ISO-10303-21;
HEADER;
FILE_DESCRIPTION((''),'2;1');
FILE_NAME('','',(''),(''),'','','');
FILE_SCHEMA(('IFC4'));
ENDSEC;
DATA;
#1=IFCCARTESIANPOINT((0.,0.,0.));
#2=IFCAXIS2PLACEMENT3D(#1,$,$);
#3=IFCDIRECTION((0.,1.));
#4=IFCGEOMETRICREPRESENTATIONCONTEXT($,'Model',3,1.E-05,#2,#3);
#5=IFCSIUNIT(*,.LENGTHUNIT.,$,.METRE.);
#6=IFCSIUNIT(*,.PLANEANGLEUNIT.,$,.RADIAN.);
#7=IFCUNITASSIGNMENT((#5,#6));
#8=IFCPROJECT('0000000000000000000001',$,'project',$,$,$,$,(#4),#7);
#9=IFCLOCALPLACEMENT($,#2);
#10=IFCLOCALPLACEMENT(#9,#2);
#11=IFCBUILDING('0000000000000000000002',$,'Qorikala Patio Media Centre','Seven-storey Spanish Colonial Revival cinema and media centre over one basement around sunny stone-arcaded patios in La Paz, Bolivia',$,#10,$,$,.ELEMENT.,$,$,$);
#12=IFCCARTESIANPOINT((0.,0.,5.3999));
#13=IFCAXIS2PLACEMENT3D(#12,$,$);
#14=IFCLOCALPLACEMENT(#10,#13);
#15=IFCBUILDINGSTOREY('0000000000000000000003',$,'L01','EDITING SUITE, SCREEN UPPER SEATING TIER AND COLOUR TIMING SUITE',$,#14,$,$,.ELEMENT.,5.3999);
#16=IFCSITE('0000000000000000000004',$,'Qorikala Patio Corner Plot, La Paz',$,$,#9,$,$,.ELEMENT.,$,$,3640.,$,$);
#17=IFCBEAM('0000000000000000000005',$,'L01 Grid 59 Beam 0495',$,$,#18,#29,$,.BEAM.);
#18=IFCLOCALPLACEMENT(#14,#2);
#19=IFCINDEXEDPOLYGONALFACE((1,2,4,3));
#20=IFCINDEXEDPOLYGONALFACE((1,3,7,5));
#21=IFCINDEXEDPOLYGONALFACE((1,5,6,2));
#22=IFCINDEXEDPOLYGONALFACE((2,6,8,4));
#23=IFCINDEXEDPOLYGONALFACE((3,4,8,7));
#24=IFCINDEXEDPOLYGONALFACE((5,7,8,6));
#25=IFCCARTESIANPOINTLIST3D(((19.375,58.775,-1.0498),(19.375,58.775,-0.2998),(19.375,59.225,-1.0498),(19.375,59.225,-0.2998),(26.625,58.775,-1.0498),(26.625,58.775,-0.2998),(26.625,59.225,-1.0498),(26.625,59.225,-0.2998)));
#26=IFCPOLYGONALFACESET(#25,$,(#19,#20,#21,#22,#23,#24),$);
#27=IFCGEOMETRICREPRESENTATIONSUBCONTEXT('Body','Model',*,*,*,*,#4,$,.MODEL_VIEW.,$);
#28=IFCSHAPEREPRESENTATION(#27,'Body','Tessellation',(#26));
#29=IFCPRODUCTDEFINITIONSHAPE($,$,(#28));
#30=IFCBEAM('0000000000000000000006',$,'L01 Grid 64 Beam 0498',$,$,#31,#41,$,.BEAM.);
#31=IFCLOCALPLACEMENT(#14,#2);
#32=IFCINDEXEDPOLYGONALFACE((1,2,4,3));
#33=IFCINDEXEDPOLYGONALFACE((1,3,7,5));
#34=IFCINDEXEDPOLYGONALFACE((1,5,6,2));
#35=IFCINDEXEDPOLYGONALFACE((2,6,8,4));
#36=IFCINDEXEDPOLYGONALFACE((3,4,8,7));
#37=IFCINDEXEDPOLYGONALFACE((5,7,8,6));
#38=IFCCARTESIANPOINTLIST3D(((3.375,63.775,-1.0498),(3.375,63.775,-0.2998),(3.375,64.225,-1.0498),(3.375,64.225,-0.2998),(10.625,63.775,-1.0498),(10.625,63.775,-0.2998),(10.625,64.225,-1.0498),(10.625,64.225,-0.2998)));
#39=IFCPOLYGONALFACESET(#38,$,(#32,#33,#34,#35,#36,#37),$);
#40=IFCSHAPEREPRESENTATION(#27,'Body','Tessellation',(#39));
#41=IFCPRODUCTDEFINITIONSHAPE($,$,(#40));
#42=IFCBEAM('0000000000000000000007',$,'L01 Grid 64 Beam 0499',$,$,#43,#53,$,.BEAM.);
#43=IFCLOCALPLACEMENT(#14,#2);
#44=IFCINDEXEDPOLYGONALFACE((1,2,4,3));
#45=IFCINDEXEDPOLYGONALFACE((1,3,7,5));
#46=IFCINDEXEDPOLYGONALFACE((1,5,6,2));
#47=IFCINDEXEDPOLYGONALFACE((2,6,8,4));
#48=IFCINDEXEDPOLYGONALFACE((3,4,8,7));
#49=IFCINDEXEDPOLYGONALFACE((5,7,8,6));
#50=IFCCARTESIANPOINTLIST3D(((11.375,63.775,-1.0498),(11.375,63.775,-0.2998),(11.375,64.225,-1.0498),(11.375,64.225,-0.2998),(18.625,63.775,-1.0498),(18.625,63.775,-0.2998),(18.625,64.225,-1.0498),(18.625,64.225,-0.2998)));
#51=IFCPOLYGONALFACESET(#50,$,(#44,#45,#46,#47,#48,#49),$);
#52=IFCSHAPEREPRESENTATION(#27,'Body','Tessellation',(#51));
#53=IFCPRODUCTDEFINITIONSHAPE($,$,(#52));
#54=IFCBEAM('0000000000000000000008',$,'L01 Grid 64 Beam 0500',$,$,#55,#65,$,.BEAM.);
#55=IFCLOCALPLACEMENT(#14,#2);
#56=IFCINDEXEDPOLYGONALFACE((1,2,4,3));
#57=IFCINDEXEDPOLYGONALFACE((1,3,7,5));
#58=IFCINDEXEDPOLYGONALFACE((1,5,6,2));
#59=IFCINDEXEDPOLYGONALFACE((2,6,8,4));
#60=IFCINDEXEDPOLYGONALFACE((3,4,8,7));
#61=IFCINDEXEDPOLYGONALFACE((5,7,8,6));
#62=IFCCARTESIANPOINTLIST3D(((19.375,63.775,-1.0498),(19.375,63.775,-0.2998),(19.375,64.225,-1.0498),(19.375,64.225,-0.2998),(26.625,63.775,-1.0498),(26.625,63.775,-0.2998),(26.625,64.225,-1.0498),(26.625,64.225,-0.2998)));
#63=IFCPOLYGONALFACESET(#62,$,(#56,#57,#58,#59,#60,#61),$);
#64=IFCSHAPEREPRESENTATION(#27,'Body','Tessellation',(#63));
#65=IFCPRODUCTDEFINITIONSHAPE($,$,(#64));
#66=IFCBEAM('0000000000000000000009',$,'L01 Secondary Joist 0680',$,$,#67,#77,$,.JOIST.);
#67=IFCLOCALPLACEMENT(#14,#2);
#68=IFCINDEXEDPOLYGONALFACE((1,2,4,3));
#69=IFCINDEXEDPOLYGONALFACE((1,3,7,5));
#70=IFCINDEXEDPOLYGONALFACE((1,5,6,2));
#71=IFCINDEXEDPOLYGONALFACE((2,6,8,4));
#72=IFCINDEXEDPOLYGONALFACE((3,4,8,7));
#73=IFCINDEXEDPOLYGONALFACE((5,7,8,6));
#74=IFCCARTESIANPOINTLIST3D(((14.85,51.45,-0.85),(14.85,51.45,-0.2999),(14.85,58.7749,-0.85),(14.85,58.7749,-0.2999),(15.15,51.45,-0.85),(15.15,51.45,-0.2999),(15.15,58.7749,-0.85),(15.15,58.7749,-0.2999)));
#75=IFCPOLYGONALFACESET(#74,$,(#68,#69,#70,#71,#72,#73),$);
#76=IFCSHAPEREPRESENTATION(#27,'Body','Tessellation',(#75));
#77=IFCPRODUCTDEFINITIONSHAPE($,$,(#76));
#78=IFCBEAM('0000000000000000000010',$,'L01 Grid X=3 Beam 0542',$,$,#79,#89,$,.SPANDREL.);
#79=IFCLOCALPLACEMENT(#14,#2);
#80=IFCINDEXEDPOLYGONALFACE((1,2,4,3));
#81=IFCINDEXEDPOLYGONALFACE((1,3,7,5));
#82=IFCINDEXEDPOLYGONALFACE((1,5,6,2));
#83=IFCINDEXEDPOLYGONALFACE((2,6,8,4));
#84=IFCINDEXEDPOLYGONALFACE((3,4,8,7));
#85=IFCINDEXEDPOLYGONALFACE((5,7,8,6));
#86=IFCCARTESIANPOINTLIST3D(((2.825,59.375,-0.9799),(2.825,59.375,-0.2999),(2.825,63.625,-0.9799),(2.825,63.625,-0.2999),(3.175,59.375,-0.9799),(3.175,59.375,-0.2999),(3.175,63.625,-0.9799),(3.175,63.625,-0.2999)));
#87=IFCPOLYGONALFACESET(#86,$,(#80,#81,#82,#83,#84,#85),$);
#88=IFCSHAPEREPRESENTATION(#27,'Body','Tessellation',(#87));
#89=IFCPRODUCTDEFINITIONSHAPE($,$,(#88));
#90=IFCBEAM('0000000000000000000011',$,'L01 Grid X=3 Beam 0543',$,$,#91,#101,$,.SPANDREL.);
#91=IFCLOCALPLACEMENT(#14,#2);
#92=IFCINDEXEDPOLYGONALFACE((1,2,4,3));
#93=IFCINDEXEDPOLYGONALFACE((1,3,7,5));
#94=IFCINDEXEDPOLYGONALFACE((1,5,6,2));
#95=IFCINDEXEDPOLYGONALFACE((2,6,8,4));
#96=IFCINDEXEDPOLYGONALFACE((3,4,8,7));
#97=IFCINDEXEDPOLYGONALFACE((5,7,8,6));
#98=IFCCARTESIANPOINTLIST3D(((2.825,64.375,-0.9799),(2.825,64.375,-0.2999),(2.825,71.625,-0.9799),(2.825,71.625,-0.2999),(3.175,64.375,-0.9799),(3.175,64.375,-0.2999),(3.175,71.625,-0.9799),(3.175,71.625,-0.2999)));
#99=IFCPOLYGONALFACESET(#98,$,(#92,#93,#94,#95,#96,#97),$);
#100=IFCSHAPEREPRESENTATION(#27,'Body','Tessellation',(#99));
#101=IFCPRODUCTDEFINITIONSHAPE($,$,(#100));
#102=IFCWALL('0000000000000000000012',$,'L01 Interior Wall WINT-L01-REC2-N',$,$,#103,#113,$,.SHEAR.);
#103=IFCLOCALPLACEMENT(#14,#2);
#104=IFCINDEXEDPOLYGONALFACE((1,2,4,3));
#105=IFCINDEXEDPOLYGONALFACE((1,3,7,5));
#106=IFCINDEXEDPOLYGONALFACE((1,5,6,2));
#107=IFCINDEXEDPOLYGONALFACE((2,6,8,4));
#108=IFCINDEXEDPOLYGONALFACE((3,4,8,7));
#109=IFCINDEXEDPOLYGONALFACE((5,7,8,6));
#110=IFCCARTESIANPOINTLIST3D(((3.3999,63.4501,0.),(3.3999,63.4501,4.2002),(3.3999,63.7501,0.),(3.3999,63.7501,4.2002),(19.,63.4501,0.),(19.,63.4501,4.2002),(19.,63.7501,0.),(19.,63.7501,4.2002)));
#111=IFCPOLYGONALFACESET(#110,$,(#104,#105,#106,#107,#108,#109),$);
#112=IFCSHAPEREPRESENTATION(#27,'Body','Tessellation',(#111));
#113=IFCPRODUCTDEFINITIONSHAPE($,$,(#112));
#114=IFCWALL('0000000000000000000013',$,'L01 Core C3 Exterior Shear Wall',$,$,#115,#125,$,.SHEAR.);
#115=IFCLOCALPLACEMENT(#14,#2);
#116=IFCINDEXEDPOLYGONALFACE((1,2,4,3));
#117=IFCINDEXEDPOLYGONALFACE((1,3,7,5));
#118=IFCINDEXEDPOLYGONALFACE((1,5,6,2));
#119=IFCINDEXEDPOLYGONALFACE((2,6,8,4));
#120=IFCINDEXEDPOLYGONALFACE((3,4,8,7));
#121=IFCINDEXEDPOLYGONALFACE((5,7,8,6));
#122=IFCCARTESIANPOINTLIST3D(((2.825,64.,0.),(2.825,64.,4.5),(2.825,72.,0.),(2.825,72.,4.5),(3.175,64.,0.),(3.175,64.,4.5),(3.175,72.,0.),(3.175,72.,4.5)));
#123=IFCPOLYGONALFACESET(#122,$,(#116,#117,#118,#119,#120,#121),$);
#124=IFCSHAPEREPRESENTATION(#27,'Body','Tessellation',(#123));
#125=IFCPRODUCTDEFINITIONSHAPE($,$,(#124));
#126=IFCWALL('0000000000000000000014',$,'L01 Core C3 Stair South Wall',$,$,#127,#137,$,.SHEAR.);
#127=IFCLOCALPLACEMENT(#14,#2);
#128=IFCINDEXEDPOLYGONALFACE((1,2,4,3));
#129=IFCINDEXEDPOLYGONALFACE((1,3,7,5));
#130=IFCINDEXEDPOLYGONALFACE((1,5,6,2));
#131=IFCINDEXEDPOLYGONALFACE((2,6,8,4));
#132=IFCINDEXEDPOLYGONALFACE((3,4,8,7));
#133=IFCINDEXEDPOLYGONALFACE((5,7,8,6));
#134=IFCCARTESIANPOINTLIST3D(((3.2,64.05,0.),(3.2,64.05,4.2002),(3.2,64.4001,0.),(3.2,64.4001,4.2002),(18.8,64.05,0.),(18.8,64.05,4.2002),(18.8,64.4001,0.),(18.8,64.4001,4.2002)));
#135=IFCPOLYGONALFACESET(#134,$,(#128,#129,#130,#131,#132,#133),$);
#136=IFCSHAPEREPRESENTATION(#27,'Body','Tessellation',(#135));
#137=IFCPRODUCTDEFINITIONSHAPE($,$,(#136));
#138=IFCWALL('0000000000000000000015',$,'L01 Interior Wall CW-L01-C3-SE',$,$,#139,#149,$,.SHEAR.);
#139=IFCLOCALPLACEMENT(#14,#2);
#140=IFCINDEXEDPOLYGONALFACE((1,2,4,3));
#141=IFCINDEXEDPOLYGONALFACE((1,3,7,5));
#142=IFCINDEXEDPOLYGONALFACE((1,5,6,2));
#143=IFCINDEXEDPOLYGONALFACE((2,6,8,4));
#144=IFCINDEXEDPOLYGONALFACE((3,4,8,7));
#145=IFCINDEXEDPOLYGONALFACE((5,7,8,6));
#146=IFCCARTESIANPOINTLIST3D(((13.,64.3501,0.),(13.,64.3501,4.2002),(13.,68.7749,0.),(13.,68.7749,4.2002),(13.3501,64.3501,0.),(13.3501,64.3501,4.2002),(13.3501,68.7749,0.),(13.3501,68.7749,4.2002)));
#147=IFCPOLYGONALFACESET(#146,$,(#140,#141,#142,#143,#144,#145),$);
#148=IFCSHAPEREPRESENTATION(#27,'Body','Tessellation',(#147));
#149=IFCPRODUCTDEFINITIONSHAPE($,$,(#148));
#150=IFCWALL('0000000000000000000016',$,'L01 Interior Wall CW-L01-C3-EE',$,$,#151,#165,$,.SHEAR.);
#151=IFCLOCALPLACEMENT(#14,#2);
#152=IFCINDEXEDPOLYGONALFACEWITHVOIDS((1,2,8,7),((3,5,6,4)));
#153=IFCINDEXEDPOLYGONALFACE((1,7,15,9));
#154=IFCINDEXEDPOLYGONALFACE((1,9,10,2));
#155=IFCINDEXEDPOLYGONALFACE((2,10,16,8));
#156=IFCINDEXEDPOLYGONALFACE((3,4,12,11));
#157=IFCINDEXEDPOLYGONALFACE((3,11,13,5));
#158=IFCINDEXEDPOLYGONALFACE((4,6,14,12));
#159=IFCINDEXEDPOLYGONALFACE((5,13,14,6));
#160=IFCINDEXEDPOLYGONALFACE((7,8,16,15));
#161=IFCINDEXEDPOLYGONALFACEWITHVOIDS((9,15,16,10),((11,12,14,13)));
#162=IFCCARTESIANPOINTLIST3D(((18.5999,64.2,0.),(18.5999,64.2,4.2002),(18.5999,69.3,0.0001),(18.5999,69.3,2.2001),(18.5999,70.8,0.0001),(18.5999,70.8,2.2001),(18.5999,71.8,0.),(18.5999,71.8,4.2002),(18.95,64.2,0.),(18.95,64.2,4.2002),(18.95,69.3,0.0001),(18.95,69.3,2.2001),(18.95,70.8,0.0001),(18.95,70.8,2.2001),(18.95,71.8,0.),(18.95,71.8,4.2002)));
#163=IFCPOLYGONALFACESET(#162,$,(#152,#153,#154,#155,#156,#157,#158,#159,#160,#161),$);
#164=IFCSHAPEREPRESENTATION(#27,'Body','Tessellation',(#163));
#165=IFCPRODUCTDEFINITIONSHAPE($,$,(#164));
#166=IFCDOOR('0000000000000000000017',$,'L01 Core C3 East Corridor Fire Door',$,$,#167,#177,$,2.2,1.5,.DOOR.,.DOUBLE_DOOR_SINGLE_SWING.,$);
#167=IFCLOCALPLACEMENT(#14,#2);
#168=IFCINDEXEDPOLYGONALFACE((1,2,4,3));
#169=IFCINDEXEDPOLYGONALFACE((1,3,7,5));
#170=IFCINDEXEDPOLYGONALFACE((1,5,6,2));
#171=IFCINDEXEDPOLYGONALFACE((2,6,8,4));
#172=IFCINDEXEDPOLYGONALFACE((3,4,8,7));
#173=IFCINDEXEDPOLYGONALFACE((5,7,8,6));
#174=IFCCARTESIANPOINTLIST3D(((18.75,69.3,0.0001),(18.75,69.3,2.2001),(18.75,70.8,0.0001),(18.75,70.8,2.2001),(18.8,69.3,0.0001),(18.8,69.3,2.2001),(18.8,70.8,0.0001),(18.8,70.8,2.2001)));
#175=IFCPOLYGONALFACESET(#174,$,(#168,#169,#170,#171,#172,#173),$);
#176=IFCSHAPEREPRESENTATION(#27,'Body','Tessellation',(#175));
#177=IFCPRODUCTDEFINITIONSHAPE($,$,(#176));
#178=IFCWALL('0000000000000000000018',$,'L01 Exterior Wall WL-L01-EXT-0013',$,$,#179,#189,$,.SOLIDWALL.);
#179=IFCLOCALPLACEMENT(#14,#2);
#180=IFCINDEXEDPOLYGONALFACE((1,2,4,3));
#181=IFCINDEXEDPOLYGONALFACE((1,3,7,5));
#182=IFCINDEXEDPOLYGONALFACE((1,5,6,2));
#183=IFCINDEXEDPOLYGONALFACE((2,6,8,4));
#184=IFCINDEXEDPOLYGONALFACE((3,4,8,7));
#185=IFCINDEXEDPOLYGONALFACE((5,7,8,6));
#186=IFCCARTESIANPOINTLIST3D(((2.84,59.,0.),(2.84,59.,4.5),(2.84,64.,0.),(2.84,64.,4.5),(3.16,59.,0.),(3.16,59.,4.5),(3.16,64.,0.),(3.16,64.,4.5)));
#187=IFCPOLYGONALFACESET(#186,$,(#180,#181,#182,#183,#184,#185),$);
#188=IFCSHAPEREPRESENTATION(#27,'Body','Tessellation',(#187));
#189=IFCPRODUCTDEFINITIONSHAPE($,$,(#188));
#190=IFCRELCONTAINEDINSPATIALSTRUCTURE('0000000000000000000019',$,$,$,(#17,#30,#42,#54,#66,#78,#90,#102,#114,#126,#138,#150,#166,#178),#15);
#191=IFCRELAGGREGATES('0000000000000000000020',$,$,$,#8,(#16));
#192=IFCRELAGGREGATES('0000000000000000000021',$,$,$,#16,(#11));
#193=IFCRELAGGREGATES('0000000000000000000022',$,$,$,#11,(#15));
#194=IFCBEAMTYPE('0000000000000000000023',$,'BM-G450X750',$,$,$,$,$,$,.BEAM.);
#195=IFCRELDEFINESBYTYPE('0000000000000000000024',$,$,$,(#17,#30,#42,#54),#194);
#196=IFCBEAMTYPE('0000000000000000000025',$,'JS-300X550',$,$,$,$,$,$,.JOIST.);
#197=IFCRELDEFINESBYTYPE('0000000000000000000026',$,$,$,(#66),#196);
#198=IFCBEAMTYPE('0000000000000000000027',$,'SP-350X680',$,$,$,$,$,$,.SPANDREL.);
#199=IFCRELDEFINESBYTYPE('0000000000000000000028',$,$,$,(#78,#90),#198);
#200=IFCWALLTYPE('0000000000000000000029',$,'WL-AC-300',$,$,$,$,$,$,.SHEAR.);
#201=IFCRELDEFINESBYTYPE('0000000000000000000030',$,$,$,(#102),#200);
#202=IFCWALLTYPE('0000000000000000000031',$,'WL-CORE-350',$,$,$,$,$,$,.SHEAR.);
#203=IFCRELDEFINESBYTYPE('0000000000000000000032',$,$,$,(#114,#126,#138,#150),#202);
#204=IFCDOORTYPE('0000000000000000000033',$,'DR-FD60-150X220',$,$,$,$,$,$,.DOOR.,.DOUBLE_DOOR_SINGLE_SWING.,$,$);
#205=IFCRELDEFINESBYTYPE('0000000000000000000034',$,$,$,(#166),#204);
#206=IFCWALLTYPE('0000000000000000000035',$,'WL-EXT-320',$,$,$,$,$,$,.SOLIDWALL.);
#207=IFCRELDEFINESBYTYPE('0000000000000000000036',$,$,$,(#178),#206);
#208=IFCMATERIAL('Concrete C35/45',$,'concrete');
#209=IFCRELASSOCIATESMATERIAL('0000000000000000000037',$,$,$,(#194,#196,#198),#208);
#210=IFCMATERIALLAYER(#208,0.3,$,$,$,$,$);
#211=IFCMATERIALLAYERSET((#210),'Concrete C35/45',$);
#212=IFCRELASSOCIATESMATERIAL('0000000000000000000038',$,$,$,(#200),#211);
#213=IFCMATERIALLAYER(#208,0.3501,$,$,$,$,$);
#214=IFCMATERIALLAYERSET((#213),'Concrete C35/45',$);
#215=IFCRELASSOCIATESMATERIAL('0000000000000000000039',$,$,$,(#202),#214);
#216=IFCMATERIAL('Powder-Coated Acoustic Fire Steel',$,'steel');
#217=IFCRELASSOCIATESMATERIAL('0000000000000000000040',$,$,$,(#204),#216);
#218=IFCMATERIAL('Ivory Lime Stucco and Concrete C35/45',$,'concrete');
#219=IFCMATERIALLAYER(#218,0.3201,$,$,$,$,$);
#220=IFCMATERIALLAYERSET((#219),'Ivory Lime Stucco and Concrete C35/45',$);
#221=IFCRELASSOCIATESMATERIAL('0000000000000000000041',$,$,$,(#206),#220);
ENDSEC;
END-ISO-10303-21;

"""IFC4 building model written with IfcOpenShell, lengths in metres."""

from ifc_helpers import new_model, si_unit, direction, frame, frame_2d, origin, origin_2d, place, context, subcontext, project, spatial, rectangle, extrude, material, layer, layer_set, material_profile, profile_set, type_object, element, fill, save


model = new_model("IFC4")

# Units and contexts
model_context = context("Model", 3, precision=1e-05, world=origin(), true_north=direction((0.0, 1.0)))
body_context = subcontext(model_context, "Body", "Model", "MODEL_VIEW")
ifc_project = project(units=[si_unit("LENGTHUNIT", "METRE"), si_unit("PLANEANGLEUNIT", "RADIAN")], contexts=[model_context])

# Site, building, storey
site_placement = place(None, origin())
site = spatial("IfcSite", under=ifc_project, at=site_placement, Name="Qorikala Patio Corner Plot, La Paz", CompositionType="ELEMENT", RefElevation=3640.0)
building_placement = place(site_placement, origin())
building = spatial("IfcBuilding", under=site, at=building_placement, Name="Qorikala Patio Media Centre", Description="Seven-storey Spanish Colonial Revival cinema and media centre over one basement around sunny stone-arcaded patios in La Paz, Bolivia", CompositionType="ELEMENT")
storey_placement = place(building_placement, frame((0.0, 0.0, 5.3999)))
storey = spatial("IfcBuildingStorey", under=building, at=storey_placement, Name="L01", Description="EDITING SUITE, SCREEN UPPER SEATING TIER AND COLOUR TIMING SUITE", CompositionType="ELEMENT", Elevation=5.3999)

# Shared definitions
ifc_material_1 = material(Name="Concrete C35/45", Category="concrete")

# Beams
ifc_material_profile_1 = material_profile(ifc_material_1, rectangle(XDim=0.45, YDim=0.75, at=origin_2d()), Name="RC 450x750")
ifc_profile_set_1 = profile_set([ifc_material_profile_1], Name="Concrete C35/45")
beam_type_1 = type_object("IfcBeamType", Name="BM-G450X750", PredefinedType="BEAM", material=ifc_profile_set_1)
for number, where, z_axis, x_axis, name in (
    (1, (19.375, 59.0, -0.6748), (1.0, 0.0, 0.0), (0.0, 1.0, 0.0), "L01 Grid 59 Beam 0495"),
    (2, (3.375, 64.0, -0.6748), (1.0, 0.0, 0.0), (0.0, 1.0, 0.0), "L01 Grid 64 Beam 0498"),
    (3, (11.375, 64.0, -0.6748), (1.0, 0.0, 0.0), (0.0, 1.0, 0.0), "L01 Grid 64 Beam 0499"),
    (4, (19.375, 64.0, -0.6748), (1.0, 0.0, 0.0), (0.0, 1.0, 0.0), "L01 Grid 64 Beam 0500"),
):
    element("IfcBeam", number, at=place(storey_placement, frame(where, z_axis=z_axis, x_axis=x_axis)), inside=storey, type_object=beam_type_1, Name=name, PredefinedType="BEAM", context=body_context, shape_type="SweptSolid", body=[
        extrude(rectangle(XDim=0.45, YDim=0.75, at=origin_2d()), origin(), (0.0, 0.0, 1.0), 7.25),
    ])
ifc_material_profile_2 = material_profile(ifc_material_1, rectangle(XDim=0.3, YDim=0.55, at=origin_2d()), Name="RC 300x550")
ifc_profile_set_2 = profile_set([ifc_material_profile_2], Name="Concrete C35/45")
beam_type_2 = type_object("IfcBeamType", Name="JS-300X550", PredefinedType="JOIST", material=ifc_profile_set_2)
beam_1_placement = place(storey_placement, frame((15.0, 51.45, -0.575), z_axis=(0.0, 1.0, 0.0), x_axis=(-1.0, 0.0, 0.0)))
element("IfcBeam", 5, at=beam_1_placement, inside=storey, type_object=beam_type_2, Name="L01 Secondary Joist 0680", PredefinedType="JOIST", context=body_context, shape_type="SweptSolid", body=[
    extrude(rectangle(XDim=0.3, YDim=0.55, at=origin_2d()), origin(), (0.0, 0.0, 1.0), 7.325),
])
ifc_material_profile_3 = material_profile(ifc_material_1, rectangle(XDim=0.3501, YDim=0.6799, at=origin_2d()), Name="RC 350x680")
ifc_profile_set_3 = profile_set([ifc_material_profile_3], Name="Concrete C35/45")
beam_type_3 = type_object("IfcBeamType", Name="SP-350X680", PredefinedType="SPANDREL", material=ifc_profile_set_3)
beam_2_placement = place(storey_placement, frame((3.0, 59.375, -0.6399), z_axis=(0.0, 1.0, 0.0), x_axis=(-1.0, 0.0, 0.0)))
element("IfcBeam", 6, at=beam_2_placement, inside=storey, type_object=beam_type_3, Name="L01 Grid X=3 Beam 0542", PredefinedType="SPANDREL", context=body_context, shape_type="SweptSolid", body=[
    extrude(rectangle(XDim=0.3501, YDim=0.6799, at=origin_2d()), origin(), (0.0, 0.0, 1.0), 4.25),
])
beam_3_placement = place(storey_placement, frame((3.0, 64.375, -0.6399), z_axis=(0.0, 1.0, 0.0), x_axis=(-1.0, 0.0, 0.0)))
element("IfcBeam", 7, at=beam_3_placement, inside=storey, type_object=beam_type_3, Name="L01 Grid X=3 Beam 0543", PredefinedType="SPANDREL", context=body_context, shape_type="SweptSolid", body=[
    extrude(rectangle(XDim=0.3501, YDim=0.6799, at=origin_2d()), origin(), (0.0, 0.0, 1.0), 7.25),
])

# Walls
ifc_layer_1 = layer(ifc_material_1, 0.3)
ifc_layer_set_1 = layer_set([ifc_layer_1], Name="Concrete C35/45")
wall_type_1 = type_object("IfcWallType", Name="WL-AC-300", PredefinedType="SHEAR", material=ifc_layer_set_1)
wall_1_placement = place(storey_placement, frame((3.3999, 63.6001, 0.0), z_axis=(0.0, 0.0, 1.0), x_axis=(1.0, 0.0, 0.0)))
element("IfcWall", 8, at=wall_1_placement, inside=storey, type_object=wall_type_1, Name="L01 Interior Wall WINT-L01-REC2-N", PredefinedType="SHEAR", context=body_context, shape_type="SweptSolid", body=[
    extrude(rectangle(XDim=15.6001, YDim=0.3, at=frame_2d((7.8, 0.0))), origin(), (0.0, 0.0, 1.0), 4.2002),
])
ifc_layer_2 = layer(ifc_material_1, 0.3501)
ifc_layer_set_2 = layer_set([ifc_layer_2], Name="Concrete C35/45")
wall_type_2 = type_object("IfcWallType", Name="WL-CORE-350", PredefinedType="SHEAR", material=ifc_layer_set_2)
wall_2_placement = place(storey_placement, frame((3.0, 64.0, 0.0), z_axis=(0.0, 0.0, 1.0), x_axis=(0.0, 1.0, 0.0)))
element("IfcWall", 9, at=wall_2_placement, inside=storey, type_object=wall_type_2, Name="L01 Core C3 Exterior Shear Wall", PredefinedType="SHEAR", context=body_context, shape_type="SweptSolid", body=[
    extrude(rectangle(XDim=8.0, YDim=0.3501, at=frame_2d((4.0, 0.0))), origin(), (0.0, 0.0, 1.0), 4.5),
])
wall_3_placement = place(storey_placement, frame((3.2, 64.2251, 0.0), z_axis=(0.0, 0.0, 1.0), x_axis=(1.0, 0.0, 0.0)))
element("IfcWall", 10, at=wall_3_placement, inside=storey, type_object=wall_type_2, Name="L01 Core C3 Stair South Wall", PredefinedType="SHEAR", context=body_context, shape_type="SweptSolid", body=[
    extrude(rectangle(XDim=15.6001, YDim=0.3501, at=frame_2d((7.8, 0.0))), origin(), (0.0, 0.0, 1.0), 4.2002),
])
wall_4_placement = place(storey_placement, frame((13.175, 64.3501, 0.0), z_axis=(0.0, 0.0, 1.0), x_axis=(0.0, 1.0, 0.0)))
element("IfcWall", 11, at=wall_4_placement, inside=storey, type_object=wall_type_2, Name="L01 Interior Wall CW-L01-C3-SE", PredefinedType="SHEAR", context=body_context, shape_type="SweptSolid", body=[
    extrude(rectangle(XDim=4.4248, YDim=0.3501, at=frame_2d((2.2124, 0.0))), origin(), (0.0, 0.0, 1.0), 4.2002),
])

# Wall, opening, door
wall_5_placement = place(storey_placement, frame((18.7749, 64.2, 0.0), z_axis=(0.0, 0.0, 1.0), x_axis=(0.0, 1.0, 0.0)))
wall_5 = element("IfcWall", 12, at=wall_5_placement, inside=storey, type_object=wall_type_2, Name="L01 Interior Wall CW-L01-C3-EE", PredefinedType="SHEAR", context=body_context, shape_type="SweptSolid", body=[
    extrude(rectangle(XDim=7.6001, YDim=0.3501, at=frame_2d((3.8, 0.0))), origin(), (0.0, 0.0, 1.0), 4.2002),
])
opening_placement = place(wall_5_placement, frame((5.1001, 0.0, 0.0)))
opening = element("IfcOpeningElement", 13, at=opening_placement, cuts=wall_5, PredefinedType="OPENING", context=body_context, shape_type="SweptSolid", body=[
    extrude(rectangle(XDim=1.5, YDim=2.2, at=frame_2d((0.75, 1.1001))), frame((0.0, 0.1851, 0.0), z_axis=(0.0, -1.0, 0.0), x_axis=(1.0, 0.0, 0.0)), (0.0, 0.0, 1.0), 0.3701),
])
ifc_material_2 = material(Name="Powder-Coated Acoustic Fire Steel", Category="steel")
door_type = type_object("IfcDoorType", Name="DR-FD60-150X220", OperationType="DOUBLE_DOOR_SINGLE_SWING", PredefinedType="DOOR", material=ifc_material_2)
door_placement = place(opening_placement, origin())
door = element("IfcDoor", 14, at=door_placement, inside=storey, type_object=door_type, Name="L01 Core C3 East Corridor Fire Door", OperationType="DOUBLE_DOOR_SINGLE_SWING", OverallHeight=2.2, OverallWidth=1.5, PredefinedType="DOOR", context=body_context, shape_type="SweptSolid", body=[
    extrude(rectangle(XDim=1.5, YDim=2.2, at=frame_2d((0.75, 1.1001))), frame((0.0, 0.0249, 0.0), z_axis=(0.0, -1.0, 0.0), x_axis=(1.0, 0.0, 0.0)), (0.0, 0.0, 1.0), 0.05),
])
fill(opening, door)

# Wall
ifc_material_3 = material(Name="Ivory Lime Stucco and Concrete C35/45", Category="concrete")
ifc_layer_3 = layer(ifc_material_3, 0.3201)
ifc_layer_set_3 = layer_set([ifc_layer_3], Name="Ivory Lime Stucco and Concrete C35/45")
wall_type_3 = type_object("IfcWallType", Name="WL-EXT-320", PredefinedType="SOLIDWALL", material=ifc_layer_set_3)
wall_6_placement = place(storey_placement, frame((3.0, 59.0, 0.0), z_axis=(0.0, 0.0, 1.0), x_axis=(0.0, 1.0, 0.0)))
element("IfcWall", 15, at=wall_6_placement, inside=storey, type_object=wall_type_3, Name="L01 Exterior Wall WL-L01-EXT-0013", PredefinedType="SOLIDWALL", context=body_context, shape_type="SweptSolid", body=[
    extrude(rectangle(XDim=5.0, YDim=0.3201, at=frame_2d((2.5, 0.0))), origin(), (0.0, 0.0, 1.0), 4.5),
])

save(model, "model.ifc")
